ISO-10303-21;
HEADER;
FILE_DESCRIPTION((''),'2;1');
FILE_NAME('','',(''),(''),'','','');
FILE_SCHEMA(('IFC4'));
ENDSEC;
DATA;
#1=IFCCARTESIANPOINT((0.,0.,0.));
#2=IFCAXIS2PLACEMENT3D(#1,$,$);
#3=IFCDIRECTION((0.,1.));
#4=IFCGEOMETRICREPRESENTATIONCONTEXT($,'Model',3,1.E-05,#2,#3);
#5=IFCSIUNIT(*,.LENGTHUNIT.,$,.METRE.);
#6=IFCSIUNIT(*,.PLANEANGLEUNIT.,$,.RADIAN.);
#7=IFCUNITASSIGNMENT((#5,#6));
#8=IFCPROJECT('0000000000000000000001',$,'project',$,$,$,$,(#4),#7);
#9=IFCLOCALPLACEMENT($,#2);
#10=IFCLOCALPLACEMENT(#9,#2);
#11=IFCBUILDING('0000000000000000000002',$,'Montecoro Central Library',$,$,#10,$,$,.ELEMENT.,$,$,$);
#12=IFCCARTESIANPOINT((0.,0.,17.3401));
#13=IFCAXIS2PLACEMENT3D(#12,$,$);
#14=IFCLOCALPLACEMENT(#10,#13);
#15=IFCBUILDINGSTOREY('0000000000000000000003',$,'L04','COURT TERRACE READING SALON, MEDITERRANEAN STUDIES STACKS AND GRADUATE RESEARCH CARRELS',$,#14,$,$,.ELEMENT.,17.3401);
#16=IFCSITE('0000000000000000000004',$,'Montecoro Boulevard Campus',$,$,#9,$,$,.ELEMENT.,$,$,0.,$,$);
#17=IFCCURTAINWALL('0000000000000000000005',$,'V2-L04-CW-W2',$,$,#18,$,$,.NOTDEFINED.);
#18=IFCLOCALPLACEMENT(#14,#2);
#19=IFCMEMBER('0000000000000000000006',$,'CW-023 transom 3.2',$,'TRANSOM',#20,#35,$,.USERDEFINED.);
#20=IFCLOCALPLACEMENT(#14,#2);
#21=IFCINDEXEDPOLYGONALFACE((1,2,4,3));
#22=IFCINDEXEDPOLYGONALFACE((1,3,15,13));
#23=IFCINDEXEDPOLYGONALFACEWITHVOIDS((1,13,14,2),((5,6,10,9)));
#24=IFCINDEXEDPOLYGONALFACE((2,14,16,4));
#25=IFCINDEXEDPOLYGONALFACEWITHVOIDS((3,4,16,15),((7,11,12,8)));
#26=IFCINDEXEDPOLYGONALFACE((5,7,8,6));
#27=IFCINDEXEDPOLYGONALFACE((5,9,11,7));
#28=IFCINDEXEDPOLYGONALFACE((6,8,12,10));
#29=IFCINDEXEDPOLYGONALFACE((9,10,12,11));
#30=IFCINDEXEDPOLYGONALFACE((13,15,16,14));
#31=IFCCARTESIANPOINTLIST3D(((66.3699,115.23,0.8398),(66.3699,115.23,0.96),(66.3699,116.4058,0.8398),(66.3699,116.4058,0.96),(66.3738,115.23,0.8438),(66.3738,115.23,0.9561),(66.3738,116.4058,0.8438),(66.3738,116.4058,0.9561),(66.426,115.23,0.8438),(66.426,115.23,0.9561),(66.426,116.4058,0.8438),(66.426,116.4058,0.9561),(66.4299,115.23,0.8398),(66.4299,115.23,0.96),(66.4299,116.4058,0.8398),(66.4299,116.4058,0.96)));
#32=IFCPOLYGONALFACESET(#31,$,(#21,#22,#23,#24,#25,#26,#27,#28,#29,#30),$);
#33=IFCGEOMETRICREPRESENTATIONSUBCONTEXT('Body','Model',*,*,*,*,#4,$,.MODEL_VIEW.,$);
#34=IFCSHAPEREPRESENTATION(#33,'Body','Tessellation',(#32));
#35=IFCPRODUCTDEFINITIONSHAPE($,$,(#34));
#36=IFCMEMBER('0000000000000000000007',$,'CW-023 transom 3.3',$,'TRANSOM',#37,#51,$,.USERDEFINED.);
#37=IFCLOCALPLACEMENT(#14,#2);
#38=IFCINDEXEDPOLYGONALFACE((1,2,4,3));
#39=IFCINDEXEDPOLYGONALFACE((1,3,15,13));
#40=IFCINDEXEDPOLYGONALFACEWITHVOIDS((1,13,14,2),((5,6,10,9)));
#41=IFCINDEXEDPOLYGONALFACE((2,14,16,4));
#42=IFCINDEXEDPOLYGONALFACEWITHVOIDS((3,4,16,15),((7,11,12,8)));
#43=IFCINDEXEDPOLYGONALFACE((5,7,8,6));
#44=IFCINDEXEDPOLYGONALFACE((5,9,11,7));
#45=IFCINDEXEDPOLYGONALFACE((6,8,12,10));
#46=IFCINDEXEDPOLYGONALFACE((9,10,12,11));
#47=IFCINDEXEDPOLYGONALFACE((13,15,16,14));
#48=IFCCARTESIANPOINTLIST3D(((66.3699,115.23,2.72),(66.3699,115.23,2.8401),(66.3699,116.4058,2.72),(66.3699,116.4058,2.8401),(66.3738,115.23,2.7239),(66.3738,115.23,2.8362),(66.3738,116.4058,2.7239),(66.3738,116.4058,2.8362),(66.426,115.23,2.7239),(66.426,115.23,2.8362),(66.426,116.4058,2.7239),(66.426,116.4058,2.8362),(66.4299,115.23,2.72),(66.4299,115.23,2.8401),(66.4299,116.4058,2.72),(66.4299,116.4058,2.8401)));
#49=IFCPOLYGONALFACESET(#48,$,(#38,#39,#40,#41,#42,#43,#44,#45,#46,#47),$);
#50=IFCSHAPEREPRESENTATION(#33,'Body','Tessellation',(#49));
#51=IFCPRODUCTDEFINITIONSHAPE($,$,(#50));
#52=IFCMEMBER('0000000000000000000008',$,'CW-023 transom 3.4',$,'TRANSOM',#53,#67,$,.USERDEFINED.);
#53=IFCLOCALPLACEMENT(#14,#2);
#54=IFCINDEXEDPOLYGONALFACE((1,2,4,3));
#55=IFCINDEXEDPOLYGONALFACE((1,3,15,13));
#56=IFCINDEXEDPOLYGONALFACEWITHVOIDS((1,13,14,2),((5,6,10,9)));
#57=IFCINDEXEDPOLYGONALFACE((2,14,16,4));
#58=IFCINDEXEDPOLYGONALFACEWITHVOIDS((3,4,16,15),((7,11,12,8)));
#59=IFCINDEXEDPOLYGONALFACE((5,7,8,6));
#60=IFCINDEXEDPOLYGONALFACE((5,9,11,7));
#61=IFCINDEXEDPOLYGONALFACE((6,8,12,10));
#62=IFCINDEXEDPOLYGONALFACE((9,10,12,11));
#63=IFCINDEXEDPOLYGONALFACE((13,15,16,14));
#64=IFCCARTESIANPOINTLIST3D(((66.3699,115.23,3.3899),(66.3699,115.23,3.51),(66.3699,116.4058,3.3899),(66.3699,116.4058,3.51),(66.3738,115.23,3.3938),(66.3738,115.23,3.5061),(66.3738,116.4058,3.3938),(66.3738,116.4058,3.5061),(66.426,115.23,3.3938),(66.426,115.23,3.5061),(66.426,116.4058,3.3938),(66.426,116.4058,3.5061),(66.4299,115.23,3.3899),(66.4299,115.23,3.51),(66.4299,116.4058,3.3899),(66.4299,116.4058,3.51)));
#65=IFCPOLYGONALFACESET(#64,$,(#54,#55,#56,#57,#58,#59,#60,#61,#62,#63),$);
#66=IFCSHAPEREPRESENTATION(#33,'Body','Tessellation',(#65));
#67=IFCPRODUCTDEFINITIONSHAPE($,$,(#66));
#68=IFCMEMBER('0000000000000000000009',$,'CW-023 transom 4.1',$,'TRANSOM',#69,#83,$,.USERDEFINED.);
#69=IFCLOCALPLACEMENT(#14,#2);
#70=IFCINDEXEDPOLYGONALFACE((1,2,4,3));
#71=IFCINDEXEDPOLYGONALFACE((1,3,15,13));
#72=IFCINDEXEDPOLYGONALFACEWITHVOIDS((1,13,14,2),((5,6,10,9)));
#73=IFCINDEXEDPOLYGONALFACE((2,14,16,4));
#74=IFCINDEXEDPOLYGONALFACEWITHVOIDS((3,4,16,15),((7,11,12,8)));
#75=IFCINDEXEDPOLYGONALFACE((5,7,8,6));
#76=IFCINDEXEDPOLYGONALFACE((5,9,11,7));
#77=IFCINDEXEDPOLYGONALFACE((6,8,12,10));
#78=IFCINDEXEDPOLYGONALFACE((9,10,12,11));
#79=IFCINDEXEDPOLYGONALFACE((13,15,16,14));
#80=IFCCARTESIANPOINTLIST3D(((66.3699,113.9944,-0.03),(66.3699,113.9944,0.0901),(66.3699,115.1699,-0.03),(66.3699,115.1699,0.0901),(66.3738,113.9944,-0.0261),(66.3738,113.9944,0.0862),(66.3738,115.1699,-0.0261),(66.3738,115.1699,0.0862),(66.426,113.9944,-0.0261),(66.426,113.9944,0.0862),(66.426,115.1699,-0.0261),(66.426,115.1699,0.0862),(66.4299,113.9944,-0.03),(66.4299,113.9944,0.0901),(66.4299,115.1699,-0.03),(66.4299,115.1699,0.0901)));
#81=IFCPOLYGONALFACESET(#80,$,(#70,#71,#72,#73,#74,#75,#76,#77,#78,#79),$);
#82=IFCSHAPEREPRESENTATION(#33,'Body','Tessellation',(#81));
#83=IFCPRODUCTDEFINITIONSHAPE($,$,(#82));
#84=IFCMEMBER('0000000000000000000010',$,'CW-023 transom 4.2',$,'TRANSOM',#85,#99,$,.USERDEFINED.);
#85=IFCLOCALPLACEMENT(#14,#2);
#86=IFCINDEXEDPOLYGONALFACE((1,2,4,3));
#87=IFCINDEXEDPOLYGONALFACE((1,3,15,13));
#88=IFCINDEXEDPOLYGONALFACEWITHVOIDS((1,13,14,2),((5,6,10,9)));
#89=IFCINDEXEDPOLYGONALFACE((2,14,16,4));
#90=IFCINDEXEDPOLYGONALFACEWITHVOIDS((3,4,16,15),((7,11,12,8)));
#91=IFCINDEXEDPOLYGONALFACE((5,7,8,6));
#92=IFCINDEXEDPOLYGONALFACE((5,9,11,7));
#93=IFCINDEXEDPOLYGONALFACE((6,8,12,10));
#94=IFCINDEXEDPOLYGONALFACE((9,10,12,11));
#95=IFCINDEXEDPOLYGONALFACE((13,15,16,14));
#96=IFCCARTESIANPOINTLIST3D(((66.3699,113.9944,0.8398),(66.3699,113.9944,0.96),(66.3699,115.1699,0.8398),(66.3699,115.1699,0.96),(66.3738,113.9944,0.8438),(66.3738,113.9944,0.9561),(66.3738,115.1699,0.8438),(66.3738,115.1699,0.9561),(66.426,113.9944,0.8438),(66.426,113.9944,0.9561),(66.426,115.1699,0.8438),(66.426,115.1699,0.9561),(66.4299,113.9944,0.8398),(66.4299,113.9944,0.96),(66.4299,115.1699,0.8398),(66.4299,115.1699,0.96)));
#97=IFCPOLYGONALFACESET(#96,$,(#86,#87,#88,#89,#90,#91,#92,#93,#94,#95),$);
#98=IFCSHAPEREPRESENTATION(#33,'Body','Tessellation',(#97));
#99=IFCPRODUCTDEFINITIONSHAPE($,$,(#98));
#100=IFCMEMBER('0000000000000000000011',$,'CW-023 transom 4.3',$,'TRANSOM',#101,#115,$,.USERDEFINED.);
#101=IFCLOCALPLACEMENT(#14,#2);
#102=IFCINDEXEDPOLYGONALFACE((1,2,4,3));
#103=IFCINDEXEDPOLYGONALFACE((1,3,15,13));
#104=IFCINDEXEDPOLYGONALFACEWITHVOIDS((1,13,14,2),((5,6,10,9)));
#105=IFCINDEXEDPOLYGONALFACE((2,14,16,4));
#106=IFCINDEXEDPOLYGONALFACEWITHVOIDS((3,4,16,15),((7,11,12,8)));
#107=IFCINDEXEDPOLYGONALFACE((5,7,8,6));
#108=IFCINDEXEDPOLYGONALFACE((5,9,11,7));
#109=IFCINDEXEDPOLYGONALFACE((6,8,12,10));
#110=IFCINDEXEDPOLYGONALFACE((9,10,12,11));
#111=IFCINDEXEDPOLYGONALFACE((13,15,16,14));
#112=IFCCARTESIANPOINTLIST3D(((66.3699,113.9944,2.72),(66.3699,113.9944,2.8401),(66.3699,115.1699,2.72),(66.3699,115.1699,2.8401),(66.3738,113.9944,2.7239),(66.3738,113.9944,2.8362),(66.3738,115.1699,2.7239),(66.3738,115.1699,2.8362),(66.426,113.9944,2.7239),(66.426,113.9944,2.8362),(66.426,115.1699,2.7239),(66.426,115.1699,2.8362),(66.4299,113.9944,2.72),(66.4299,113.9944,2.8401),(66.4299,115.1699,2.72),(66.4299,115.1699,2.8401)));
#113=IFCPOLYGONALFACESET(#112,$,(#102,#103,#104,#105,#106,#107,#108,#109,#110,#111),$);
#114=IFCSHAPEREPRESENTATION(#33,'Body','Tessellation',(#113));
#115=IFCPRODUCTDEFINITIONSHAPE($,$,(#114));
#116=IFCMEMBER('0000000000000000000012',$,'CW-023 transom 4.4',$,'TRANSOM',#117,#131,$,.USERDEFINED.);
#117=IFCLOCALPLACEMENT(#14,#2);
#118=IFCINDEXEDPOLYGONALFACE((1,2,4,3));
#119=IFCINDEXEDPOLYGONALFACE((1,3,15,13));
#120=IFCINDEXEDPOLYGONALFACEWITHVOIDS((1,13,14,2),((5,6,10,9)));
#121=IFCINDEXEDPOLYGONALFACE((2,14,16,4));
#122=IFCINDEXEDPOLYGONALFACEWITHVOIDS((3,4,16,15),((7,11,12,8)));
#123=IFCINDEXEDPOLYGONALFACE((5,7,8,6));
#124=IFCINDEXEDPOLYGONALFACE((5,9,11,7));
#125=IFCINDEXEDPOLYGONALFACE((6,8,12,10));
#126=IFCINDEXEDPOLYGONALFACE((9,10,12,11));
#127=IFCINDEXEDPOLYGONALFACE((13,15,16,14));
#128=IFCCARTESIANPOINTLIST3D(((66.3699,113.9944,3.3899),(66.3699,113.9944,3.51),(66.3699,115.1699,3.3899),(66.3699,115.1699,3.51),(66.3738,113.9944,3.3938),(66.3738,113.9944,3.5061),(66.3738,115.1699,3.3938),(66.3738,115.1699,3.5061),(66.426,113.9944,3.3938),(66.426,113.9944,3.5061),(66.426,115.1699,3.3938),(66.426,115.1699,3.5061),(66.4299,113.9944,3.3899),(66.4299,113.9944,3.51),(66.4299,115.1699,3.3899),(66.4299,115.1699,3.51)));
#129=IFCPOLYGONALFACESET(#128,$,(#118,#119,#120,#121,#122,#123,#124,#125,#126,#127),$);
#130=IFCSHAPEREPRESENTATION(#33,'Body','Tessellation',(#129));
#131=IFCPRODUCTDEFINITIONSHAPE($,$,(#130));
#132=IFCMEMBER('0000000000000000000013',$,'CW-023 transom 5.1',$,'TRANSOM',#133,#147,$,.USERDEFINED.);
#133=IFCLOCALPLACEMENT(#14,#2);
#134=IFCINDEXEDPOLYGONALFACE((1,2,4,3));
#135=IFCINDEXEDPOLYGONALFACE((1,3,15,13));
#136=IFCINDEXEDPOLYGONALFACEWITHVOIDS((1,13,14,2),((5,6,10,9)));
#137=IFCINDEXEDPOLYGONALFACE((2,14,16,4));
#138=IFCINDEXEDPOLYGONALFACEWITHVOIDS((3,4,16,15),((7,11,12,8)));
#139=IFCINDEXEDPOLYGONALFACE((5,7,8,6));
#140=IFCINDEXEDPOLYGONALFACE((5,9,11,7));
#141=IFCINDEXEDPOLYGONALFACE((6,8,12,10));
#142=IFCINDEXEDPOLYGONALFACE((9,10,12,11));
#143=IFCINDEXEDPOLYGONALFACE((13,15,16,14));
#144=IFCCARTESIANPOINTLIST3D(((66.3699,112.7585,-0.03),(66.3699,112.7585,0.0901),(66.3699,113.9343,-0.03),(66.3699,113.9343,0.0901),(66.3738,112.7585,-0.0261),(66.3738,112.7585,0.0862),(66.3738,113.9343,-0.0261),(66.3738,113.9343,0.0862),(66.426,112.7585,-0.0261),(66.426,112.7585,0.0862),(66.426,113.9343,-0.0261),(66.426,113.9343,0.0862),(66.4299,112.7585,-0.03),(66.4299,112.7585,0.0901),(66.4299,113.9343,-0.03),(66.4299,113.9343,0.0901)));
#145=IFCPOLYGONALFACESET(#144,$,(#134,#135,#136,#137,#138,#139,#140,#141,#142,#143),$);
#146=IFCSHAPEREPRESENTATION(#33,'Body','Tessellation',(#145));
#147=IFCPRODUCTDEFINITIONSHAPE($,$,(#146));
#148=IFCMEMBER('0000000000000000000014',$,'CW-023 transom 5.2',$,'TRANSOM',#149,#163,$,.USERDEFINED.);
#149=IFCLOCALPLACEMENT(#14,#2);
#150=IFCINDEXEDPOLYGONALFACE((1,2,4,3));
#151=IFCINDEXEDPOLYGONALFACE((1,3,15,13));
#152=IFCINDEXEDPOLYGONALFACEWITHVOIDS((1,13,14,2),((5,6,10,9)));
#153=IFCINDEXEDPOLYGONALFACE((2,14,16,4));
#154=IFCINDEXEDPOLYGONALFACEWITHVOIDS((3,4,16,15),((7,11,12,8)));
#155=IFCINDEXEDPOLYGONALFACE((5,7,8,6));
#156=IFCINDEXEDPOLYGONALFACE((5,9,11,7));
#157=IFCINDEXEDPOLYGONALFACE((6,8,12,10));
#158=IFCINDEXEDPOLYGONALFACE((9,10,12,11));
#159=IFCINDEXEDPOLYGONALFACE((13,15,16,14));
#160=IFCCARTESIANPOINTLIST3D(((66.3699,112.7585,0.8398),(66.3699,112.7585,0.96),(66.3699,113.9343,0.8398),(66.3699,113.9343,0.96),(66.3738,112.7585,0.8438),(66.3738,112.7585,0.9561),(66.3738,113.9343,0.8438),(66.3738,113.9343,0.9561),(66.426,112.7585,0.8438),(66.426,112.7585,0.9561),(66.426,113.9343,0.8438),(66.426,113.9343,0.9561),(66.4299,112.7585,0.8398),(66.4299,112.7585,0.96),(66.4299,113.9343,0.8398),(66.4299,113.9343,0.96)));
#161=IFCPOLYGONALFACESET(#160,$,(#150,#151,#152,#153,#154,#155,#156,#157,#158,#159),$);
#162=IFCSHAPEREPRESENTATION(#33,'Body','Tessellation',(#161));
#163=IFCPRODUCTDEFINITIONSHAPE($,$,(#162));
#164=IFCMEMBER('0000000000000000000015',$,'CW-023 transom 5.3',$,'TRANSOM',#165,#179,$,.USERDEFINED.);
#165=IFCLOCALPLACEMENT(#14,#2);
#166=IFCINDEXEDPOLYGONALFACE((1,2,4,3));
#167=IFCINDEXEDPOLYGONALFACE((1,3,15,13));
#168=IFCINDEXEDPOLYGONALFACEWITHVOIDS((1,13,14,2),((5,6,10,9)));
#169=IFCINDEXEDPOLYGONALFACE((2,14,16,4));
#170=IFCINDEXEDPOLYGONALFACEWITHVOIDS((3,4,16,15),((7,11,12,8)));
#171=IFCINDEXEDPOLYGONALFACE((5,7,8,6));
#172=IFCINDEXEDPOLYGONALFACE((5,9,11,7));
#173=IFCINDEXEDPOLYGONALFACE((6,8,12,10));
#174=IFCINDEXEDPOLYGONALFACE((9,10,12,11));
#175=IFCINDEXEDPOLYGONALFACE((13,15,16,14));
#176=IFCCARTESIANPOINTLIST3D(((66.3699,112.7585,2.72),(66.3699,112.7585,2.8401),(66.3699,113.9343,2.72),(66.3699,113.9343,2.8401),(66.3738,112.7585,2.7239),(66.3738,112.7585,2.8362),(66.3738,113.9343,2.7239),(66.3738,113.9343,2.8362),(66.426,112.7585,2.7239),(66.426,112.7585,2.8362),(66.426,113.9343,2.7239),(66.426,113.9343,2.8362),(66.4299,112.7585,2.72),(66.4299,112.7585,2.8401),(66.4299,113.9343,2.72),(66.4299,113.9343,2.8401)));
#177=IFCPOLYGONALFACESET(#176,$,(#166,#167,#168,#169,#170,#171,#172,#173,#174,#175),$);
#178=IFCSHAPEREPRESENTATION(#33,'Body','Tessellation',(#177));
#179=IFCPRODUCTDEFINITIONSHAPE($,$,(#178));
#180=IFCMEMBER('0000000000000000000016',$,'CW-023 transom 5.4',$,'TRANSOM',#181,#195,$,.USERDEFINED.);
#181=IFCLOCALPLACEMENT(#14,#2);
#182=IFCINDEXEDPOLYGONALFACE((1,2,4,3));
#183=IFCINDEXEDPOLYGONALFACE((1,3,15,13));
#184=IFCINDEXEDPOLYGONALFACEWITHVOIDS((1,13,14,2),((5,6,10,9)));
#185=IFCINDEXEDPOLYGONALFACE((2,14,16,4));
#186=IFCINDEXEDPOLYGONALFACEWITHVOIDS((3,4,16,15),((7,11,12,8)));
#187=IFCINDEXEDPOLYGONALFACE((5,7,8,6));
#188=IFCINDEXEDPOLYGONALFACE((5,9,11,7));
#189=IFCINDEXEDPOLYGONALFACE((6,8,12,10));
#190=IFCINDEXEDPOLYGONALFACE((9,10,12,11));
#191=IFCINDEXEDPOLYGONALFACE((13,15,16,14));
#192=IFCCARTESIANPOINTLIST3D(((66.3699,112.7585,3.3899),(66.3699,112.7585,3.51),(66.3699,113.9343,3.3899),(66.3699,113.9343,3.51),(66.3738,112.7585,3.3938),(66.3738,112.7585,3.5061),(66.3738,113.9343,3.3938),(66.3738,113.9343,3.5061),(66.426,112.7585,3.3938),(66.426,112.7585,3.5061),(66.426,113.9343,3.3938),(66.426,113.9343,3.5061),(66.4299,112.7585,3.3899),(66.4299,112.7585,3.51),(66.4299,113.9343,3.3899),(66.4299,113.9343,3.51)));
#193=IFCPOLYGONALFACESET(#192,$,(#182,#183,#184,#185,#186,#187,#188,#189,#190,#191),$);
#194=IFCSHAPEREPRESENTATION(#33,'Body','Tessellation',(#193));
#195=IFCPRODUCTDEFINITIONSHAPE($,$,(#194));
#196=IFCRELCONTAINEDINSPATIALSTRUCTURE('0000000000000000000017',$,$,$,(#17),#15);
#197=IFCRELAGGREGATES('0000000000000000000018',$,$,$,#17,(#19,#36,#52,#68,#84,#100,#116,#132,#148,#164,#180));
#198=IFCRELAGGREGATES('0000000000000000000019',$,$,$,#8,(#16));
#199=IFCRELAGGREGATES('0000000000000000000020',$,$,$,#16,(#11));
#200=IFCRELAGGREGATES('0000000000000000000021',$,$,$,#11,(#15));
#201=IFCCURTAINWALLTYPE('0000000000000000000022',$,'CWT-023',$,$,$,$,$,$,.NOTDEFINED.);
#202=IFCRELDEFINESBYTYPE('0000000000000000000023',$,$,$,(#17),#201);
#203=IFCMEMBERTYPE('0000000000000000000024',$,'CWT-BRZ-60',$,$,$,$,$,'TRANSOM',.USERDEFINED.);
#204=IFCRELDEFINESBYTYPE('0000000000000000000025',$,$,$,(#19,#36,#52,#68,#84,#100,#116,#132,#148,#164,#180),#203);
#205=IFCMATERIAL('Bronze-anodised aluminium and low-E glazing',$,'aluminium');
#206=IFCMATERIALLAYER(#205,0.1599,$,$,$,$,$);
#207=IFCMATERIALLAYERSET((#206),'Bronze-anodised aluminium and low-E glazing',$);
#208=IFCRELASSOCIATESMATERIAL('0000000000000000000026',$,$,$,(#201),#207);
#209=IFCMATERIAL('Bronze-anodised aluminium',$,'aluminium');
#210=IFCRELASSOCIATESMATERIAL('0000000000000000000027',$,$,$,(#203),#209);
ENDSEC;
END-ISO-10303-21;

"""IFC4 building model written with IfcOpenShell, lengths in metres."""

from ifc_helpers import new_model, si_unit, direction, frame, origin, origin_2d, place, context, subcontext, project, spatial, hollow_rectangle, extrude, material, layer, layer_set, material_profile, profile_set, type_object, element, aggregate, save


model = new_model("IFC4")

# Units and contexts
model_context = context("Model", 3, precision=1e-05, world=origin(), true_north=direction((0.0, 1.0)))
body_context = subcontext(model_context, "Body", "Model", "MODEL_VIEW")
ifc_project = project(units=[si_unit("LENGTHUNIT", "METRE"), si_unit("PLANEANGLEUNIT", "RADIAN")], contexts=[model_context])

# Site, building, storey
site_placement = place(None, origin())
site = spatial("IfcSite", under=ifc_project, at=site_placement, Name="Montecoro Boulevard Campus", CompositionType="ELEMENT", RefElevation=0.0)
building_placement = place(site_placement, origin())
building = spatial("IfcBuilding", under=site, at=building_placement, Name="Montecoro Central Library", CompositionType="ELEMENT")
storey_placement = place(building_placement, frame((0.0, 0.0, 17.3401)))
storey = spatial("IfcBuildingStorey", under=building, at=storey_placement, Name="L04", Description="COURT TERRACE READING SALON, MEDITERRANEAN STUDIES STACKS AND GRADUATE RESEARCH CARRELS", CompositionType="ELEMENT", Elevation=17.3401)

# Curtain wall, members
ifc_material_1 = material(Name="Bronze-anodised aluminium and low-E glazing", Category="aluminium")
ifc_layer_1 = layer(ifc_material_1, 0.1599)
ifc_layer_set_1 = layer_set([ifc_layer_1], Name="Bronze-anodised aluminium and low-E glazing")
curtain_wall_type = type_object("IfcCurtainWallType", Name="CWT-023", PredefinedType="NOTDEFINED", material=ifc_layer_set_1)
curtain_wall_placement = place(storey_placement, origin())
curtain_wall = element("IfcCurtainWall", 1, at=curtain_wall_placement, inside=storey, type_object=curtain_wall_type, Name="V2-L04-CW-W2", PredefinedType="NOTDEFINED")
ifc_material_2 = material(Name="Bronze-anodised aluminium", Category="aluminium")
ifc_material_profile_1 = material_profile(ifc_material_2, hollow_rectangle(XDim=0.0601, YDim=0.1201, WallThickness=0.0039, at=origin_2d()), Name="CWT 120x60x4.0")
ifc_profile_set_1 = profile_set([ifc_material_profile_1], Name="Bronze-anodised aluminium")
member_type_1 = type_object("IfcMemberType", Name="CWT-BRZ-60", ElementType="TRANSOM", PredefinedType="USERDEFINED", material=ifc_profile_set_1)
member_1_placement = place(storey_placement, frame((66.3999, 116.4058, 0.8999), z_axis=(0.0, -1.0, 0.0), x_axis=(1.0, 0.0, 0.0)))
member_1 = element("IfcMember", 2, at=member_1_placement, type_object=member_type_1, Name="CW-023 transom 3.2", ObjectType="TRANSOM", PredefinedType="USERDEFINED", context=body_context, shape_type="SweptSolid", body=[
    extrude(hollow_rectangle(XDim=0.0601, YDim=0.1201, WallThickness=0.0039, at=origin_2d()), origin(), (0.0, 0.0, 1.0), 1.1758),
])
member_2_placement = place(storey_placement, frame((66.3999, 116.4058, 2.78), z_axis=(0.0, -1.0, 0.0), x_axis=(1.0, 0.0, 0.0)))
member_2 = element("IfcMember", 3, at=member_2_placement, type_object=member_type_1, Name="CW-023 transom 3.3", ObjectType="TRANSOM", PredefinedType="USERDEFINED", context=body_context, shape_type="SweptSolid", body=[
    extrude(hollow_rectangle(XDim=0.0601, YDim=0.1201, WallThickness=0.0039, at=origin_2d()), origin(), (0.0, 0.0, 1.0), 1.1758),
])
member_3_placement = place(storey_placement, frame((66.3999, 116.4058, 3.45), z_axis=(0.0, -1.0, 0.0), x_axis=(1.0, 0.0, 0.0)))
member_3 = element("IfcMember", 4, at=member_3_placement, type_object=member_type_1, Name="CW-023 transom 3.4", ObjectType="TRANSOM", PredefinedType="USERDEFINED", context=body_context, shape_type="SweptSolid", body=[
    extrude(hollow_rectangle(XDim=0.0601, YDim=0.1201, WallThickness=0.0039, at=origin_2d()), origin(), (0.0, 0.0, 1.0), 1.1758),
])
member_4_placement = place(storey_placement, frame((66.3999, 115.1699, 0.03), z_axis=(0.0, -1.0, 0.0), x_axis=(1.0, 0.0, 0.0)))
member_4 = element("IfcMember", 5, at=member_4_placement, type_object=member_type_1, Name="CW-023 transom 4.1", ObjectType="TRANSOM", PredefinedType="USERDEFINED", context=body_context, shape_type="SweptSolid", body=[
    extrude(hollow_rectangle(XDim=0.0601, YDim=0.1201, WallThickness=0.0039, at=origin_2d()), origin(), (0.0, 0.0, 1.0), 1.1755),
])
member_5_placement = place(storey_placement, frame((66.3999, 115.1699, 0.8999), z_axis=(0.0, -1.0, 0.0), x_axis=(1.0, 0.0, 0.0)))
member_5 = element("IfcMember", 6, at=member_5_placement, type_object=member_type_1, Name="CW-023 transom 4.2", ObjectType="TRANSOM", PredefinedType="USERDEFINED", context=body_context, shape_type="SweptSolid", body=[
    extrude(hollow_rectangle(XDim=0.0601, YDim=0.1201, WallThickness=0.0039, at=origin_2d()), origin(), (0.0, 0.0, 1.0), 1.1755),
])
member_6_placement = place(storey_placement, frame((66.3999, 115.1699, 2.78), z_axis=(0.0, -1.0, 0.0), x_axis=(1.0, 0.0, 0.0)))
member_6 = element("IfcMember", 7, at=member_6_placement, type_object=member_type_1, Name="CW-023 transom 4.3", ObjectType="TRANSOM", PredefinedType="USERDEFINED", context=body_context, shape_type="SweptSolid", body=[
    extrude(hollow_rectangle(XDim=0.0601, YDim=0.1201, WallThickness=0.0039, at=origin_2d()), origin(), (0.0, 0.0, 1.0), 1.1755),
])
member_7_placement = place(storey_placement, frame((66.3999, 115.1699, 3.45), z_axis=(0.0, -1.0, 0.0), x_axis=(1.0, 0.0, 0.0)))
member_7 = element("IfcMember", 8, at=member_7_placement, type_object=member_type_1, Name="CW-023 transom 4.4", ObjectType="TRANSOM", PredefinedType="USERDEFINED", context=body_context, shape_type="SweptSolid", body=[
    extrude(hollow_rectangle(XDim=0.0601, YDim=0.1201, WallThickness=0.0039, at=origin_2d()), origin(), (0.0, 0.0, 1.0), 1.1755),
])
member_8_placement = place(storey_placement, frame((66.3999, 113.9343, 0.03), z_axis=(0.0, -1.0, 0.0), x_axis=(1.0, 0.0, 0.0)))
member_8 = element("IfcMember", 9, at=member_8_placement, type_object=member_type_1, Name="CW-023 transom 5.1", ObjectType="TRANSOM", PredefinedType="USERDEFINED", context=body_context, shape_type="SweptSolid", body=[
    extrude(hollow_rectangle(XDim=0.0601, YDim=0.1201, WallThickness=0.0039, at=origin_2d()), origin(), (0.0, 0.0, 1.0), 1.1758),
])
member_9_placement = place(storey_placement, frame((66.3999, 113.9343, 0.8999), z_axis=(0.0, -1.0, 0.0), x_axis=(1.0, 0.0, 0.0)))
member_9 = element("IfcMember", 10, at=member_9_placement, type_object=member_type_1, Name="CW-023 transom 5.2", ObjectType="TRANSOM", PredefinedType="USERDEFINED", context=body_context, shape_type="SweptSolid", body=[
    extrude(hollow_rectangle(XDim=0.0601, YDim=0.1201, WallThickness=0.0039, at=origin_2d()), origin(), (0.0, 0.0, 1.0), 1.1758),
])
member_10_placement = place(storey_placement, frame((66.3999, 113.9343, 2.78), z_axis=(0.0, -1.0, 0.0), x_axis=(1.0, 0.0, 0.0)))
member_10 = element("IfcMember", 11, at=member_10_placement, type_object=member_type_1, Name="CW-023 transom 5.3", ObjectType="TRANSOM", PredefinedType="USERDEFINED", context=body_context, shape_type="SweptSolid", body=[
    extrude(hollow_rectangle(XDim=0.0601, YDim=0.1201, WallThickness=0.0039, at=origin_2d()), origin(), (0.0, 0.0, 1.0), 1.1758),
])
member_11_placement = place(storey_placement, frame((66.3999, 113.9343, 3.45), z_axis=(0.0, -1.0, 0.0), x_axis=(1.0, 0.0, 0.0)))
member_11 = element("IfcMember", 12, at=member_11_placement, type_object=member_type_1, Name="CW-023 transom 5.4", ObjectType="TRANSOM", PredefinedType="USERDEFINED", context=body_context, shape_type="SweptSolid", body=[
    extrude(hollow_rectangle(XDim=0.0601, YDim=0.1201, WallThickness=0.0039, at=origin_2d()), origin(), (0.0, 0.0, 1.0), 1.1758),
])
aggregate(curtain_wall, [member_1, member_2, member_3, member_4, member_5, member_6, member_7, member_8, member_9, member_10, member_11])

save(model, "model.ifc")
